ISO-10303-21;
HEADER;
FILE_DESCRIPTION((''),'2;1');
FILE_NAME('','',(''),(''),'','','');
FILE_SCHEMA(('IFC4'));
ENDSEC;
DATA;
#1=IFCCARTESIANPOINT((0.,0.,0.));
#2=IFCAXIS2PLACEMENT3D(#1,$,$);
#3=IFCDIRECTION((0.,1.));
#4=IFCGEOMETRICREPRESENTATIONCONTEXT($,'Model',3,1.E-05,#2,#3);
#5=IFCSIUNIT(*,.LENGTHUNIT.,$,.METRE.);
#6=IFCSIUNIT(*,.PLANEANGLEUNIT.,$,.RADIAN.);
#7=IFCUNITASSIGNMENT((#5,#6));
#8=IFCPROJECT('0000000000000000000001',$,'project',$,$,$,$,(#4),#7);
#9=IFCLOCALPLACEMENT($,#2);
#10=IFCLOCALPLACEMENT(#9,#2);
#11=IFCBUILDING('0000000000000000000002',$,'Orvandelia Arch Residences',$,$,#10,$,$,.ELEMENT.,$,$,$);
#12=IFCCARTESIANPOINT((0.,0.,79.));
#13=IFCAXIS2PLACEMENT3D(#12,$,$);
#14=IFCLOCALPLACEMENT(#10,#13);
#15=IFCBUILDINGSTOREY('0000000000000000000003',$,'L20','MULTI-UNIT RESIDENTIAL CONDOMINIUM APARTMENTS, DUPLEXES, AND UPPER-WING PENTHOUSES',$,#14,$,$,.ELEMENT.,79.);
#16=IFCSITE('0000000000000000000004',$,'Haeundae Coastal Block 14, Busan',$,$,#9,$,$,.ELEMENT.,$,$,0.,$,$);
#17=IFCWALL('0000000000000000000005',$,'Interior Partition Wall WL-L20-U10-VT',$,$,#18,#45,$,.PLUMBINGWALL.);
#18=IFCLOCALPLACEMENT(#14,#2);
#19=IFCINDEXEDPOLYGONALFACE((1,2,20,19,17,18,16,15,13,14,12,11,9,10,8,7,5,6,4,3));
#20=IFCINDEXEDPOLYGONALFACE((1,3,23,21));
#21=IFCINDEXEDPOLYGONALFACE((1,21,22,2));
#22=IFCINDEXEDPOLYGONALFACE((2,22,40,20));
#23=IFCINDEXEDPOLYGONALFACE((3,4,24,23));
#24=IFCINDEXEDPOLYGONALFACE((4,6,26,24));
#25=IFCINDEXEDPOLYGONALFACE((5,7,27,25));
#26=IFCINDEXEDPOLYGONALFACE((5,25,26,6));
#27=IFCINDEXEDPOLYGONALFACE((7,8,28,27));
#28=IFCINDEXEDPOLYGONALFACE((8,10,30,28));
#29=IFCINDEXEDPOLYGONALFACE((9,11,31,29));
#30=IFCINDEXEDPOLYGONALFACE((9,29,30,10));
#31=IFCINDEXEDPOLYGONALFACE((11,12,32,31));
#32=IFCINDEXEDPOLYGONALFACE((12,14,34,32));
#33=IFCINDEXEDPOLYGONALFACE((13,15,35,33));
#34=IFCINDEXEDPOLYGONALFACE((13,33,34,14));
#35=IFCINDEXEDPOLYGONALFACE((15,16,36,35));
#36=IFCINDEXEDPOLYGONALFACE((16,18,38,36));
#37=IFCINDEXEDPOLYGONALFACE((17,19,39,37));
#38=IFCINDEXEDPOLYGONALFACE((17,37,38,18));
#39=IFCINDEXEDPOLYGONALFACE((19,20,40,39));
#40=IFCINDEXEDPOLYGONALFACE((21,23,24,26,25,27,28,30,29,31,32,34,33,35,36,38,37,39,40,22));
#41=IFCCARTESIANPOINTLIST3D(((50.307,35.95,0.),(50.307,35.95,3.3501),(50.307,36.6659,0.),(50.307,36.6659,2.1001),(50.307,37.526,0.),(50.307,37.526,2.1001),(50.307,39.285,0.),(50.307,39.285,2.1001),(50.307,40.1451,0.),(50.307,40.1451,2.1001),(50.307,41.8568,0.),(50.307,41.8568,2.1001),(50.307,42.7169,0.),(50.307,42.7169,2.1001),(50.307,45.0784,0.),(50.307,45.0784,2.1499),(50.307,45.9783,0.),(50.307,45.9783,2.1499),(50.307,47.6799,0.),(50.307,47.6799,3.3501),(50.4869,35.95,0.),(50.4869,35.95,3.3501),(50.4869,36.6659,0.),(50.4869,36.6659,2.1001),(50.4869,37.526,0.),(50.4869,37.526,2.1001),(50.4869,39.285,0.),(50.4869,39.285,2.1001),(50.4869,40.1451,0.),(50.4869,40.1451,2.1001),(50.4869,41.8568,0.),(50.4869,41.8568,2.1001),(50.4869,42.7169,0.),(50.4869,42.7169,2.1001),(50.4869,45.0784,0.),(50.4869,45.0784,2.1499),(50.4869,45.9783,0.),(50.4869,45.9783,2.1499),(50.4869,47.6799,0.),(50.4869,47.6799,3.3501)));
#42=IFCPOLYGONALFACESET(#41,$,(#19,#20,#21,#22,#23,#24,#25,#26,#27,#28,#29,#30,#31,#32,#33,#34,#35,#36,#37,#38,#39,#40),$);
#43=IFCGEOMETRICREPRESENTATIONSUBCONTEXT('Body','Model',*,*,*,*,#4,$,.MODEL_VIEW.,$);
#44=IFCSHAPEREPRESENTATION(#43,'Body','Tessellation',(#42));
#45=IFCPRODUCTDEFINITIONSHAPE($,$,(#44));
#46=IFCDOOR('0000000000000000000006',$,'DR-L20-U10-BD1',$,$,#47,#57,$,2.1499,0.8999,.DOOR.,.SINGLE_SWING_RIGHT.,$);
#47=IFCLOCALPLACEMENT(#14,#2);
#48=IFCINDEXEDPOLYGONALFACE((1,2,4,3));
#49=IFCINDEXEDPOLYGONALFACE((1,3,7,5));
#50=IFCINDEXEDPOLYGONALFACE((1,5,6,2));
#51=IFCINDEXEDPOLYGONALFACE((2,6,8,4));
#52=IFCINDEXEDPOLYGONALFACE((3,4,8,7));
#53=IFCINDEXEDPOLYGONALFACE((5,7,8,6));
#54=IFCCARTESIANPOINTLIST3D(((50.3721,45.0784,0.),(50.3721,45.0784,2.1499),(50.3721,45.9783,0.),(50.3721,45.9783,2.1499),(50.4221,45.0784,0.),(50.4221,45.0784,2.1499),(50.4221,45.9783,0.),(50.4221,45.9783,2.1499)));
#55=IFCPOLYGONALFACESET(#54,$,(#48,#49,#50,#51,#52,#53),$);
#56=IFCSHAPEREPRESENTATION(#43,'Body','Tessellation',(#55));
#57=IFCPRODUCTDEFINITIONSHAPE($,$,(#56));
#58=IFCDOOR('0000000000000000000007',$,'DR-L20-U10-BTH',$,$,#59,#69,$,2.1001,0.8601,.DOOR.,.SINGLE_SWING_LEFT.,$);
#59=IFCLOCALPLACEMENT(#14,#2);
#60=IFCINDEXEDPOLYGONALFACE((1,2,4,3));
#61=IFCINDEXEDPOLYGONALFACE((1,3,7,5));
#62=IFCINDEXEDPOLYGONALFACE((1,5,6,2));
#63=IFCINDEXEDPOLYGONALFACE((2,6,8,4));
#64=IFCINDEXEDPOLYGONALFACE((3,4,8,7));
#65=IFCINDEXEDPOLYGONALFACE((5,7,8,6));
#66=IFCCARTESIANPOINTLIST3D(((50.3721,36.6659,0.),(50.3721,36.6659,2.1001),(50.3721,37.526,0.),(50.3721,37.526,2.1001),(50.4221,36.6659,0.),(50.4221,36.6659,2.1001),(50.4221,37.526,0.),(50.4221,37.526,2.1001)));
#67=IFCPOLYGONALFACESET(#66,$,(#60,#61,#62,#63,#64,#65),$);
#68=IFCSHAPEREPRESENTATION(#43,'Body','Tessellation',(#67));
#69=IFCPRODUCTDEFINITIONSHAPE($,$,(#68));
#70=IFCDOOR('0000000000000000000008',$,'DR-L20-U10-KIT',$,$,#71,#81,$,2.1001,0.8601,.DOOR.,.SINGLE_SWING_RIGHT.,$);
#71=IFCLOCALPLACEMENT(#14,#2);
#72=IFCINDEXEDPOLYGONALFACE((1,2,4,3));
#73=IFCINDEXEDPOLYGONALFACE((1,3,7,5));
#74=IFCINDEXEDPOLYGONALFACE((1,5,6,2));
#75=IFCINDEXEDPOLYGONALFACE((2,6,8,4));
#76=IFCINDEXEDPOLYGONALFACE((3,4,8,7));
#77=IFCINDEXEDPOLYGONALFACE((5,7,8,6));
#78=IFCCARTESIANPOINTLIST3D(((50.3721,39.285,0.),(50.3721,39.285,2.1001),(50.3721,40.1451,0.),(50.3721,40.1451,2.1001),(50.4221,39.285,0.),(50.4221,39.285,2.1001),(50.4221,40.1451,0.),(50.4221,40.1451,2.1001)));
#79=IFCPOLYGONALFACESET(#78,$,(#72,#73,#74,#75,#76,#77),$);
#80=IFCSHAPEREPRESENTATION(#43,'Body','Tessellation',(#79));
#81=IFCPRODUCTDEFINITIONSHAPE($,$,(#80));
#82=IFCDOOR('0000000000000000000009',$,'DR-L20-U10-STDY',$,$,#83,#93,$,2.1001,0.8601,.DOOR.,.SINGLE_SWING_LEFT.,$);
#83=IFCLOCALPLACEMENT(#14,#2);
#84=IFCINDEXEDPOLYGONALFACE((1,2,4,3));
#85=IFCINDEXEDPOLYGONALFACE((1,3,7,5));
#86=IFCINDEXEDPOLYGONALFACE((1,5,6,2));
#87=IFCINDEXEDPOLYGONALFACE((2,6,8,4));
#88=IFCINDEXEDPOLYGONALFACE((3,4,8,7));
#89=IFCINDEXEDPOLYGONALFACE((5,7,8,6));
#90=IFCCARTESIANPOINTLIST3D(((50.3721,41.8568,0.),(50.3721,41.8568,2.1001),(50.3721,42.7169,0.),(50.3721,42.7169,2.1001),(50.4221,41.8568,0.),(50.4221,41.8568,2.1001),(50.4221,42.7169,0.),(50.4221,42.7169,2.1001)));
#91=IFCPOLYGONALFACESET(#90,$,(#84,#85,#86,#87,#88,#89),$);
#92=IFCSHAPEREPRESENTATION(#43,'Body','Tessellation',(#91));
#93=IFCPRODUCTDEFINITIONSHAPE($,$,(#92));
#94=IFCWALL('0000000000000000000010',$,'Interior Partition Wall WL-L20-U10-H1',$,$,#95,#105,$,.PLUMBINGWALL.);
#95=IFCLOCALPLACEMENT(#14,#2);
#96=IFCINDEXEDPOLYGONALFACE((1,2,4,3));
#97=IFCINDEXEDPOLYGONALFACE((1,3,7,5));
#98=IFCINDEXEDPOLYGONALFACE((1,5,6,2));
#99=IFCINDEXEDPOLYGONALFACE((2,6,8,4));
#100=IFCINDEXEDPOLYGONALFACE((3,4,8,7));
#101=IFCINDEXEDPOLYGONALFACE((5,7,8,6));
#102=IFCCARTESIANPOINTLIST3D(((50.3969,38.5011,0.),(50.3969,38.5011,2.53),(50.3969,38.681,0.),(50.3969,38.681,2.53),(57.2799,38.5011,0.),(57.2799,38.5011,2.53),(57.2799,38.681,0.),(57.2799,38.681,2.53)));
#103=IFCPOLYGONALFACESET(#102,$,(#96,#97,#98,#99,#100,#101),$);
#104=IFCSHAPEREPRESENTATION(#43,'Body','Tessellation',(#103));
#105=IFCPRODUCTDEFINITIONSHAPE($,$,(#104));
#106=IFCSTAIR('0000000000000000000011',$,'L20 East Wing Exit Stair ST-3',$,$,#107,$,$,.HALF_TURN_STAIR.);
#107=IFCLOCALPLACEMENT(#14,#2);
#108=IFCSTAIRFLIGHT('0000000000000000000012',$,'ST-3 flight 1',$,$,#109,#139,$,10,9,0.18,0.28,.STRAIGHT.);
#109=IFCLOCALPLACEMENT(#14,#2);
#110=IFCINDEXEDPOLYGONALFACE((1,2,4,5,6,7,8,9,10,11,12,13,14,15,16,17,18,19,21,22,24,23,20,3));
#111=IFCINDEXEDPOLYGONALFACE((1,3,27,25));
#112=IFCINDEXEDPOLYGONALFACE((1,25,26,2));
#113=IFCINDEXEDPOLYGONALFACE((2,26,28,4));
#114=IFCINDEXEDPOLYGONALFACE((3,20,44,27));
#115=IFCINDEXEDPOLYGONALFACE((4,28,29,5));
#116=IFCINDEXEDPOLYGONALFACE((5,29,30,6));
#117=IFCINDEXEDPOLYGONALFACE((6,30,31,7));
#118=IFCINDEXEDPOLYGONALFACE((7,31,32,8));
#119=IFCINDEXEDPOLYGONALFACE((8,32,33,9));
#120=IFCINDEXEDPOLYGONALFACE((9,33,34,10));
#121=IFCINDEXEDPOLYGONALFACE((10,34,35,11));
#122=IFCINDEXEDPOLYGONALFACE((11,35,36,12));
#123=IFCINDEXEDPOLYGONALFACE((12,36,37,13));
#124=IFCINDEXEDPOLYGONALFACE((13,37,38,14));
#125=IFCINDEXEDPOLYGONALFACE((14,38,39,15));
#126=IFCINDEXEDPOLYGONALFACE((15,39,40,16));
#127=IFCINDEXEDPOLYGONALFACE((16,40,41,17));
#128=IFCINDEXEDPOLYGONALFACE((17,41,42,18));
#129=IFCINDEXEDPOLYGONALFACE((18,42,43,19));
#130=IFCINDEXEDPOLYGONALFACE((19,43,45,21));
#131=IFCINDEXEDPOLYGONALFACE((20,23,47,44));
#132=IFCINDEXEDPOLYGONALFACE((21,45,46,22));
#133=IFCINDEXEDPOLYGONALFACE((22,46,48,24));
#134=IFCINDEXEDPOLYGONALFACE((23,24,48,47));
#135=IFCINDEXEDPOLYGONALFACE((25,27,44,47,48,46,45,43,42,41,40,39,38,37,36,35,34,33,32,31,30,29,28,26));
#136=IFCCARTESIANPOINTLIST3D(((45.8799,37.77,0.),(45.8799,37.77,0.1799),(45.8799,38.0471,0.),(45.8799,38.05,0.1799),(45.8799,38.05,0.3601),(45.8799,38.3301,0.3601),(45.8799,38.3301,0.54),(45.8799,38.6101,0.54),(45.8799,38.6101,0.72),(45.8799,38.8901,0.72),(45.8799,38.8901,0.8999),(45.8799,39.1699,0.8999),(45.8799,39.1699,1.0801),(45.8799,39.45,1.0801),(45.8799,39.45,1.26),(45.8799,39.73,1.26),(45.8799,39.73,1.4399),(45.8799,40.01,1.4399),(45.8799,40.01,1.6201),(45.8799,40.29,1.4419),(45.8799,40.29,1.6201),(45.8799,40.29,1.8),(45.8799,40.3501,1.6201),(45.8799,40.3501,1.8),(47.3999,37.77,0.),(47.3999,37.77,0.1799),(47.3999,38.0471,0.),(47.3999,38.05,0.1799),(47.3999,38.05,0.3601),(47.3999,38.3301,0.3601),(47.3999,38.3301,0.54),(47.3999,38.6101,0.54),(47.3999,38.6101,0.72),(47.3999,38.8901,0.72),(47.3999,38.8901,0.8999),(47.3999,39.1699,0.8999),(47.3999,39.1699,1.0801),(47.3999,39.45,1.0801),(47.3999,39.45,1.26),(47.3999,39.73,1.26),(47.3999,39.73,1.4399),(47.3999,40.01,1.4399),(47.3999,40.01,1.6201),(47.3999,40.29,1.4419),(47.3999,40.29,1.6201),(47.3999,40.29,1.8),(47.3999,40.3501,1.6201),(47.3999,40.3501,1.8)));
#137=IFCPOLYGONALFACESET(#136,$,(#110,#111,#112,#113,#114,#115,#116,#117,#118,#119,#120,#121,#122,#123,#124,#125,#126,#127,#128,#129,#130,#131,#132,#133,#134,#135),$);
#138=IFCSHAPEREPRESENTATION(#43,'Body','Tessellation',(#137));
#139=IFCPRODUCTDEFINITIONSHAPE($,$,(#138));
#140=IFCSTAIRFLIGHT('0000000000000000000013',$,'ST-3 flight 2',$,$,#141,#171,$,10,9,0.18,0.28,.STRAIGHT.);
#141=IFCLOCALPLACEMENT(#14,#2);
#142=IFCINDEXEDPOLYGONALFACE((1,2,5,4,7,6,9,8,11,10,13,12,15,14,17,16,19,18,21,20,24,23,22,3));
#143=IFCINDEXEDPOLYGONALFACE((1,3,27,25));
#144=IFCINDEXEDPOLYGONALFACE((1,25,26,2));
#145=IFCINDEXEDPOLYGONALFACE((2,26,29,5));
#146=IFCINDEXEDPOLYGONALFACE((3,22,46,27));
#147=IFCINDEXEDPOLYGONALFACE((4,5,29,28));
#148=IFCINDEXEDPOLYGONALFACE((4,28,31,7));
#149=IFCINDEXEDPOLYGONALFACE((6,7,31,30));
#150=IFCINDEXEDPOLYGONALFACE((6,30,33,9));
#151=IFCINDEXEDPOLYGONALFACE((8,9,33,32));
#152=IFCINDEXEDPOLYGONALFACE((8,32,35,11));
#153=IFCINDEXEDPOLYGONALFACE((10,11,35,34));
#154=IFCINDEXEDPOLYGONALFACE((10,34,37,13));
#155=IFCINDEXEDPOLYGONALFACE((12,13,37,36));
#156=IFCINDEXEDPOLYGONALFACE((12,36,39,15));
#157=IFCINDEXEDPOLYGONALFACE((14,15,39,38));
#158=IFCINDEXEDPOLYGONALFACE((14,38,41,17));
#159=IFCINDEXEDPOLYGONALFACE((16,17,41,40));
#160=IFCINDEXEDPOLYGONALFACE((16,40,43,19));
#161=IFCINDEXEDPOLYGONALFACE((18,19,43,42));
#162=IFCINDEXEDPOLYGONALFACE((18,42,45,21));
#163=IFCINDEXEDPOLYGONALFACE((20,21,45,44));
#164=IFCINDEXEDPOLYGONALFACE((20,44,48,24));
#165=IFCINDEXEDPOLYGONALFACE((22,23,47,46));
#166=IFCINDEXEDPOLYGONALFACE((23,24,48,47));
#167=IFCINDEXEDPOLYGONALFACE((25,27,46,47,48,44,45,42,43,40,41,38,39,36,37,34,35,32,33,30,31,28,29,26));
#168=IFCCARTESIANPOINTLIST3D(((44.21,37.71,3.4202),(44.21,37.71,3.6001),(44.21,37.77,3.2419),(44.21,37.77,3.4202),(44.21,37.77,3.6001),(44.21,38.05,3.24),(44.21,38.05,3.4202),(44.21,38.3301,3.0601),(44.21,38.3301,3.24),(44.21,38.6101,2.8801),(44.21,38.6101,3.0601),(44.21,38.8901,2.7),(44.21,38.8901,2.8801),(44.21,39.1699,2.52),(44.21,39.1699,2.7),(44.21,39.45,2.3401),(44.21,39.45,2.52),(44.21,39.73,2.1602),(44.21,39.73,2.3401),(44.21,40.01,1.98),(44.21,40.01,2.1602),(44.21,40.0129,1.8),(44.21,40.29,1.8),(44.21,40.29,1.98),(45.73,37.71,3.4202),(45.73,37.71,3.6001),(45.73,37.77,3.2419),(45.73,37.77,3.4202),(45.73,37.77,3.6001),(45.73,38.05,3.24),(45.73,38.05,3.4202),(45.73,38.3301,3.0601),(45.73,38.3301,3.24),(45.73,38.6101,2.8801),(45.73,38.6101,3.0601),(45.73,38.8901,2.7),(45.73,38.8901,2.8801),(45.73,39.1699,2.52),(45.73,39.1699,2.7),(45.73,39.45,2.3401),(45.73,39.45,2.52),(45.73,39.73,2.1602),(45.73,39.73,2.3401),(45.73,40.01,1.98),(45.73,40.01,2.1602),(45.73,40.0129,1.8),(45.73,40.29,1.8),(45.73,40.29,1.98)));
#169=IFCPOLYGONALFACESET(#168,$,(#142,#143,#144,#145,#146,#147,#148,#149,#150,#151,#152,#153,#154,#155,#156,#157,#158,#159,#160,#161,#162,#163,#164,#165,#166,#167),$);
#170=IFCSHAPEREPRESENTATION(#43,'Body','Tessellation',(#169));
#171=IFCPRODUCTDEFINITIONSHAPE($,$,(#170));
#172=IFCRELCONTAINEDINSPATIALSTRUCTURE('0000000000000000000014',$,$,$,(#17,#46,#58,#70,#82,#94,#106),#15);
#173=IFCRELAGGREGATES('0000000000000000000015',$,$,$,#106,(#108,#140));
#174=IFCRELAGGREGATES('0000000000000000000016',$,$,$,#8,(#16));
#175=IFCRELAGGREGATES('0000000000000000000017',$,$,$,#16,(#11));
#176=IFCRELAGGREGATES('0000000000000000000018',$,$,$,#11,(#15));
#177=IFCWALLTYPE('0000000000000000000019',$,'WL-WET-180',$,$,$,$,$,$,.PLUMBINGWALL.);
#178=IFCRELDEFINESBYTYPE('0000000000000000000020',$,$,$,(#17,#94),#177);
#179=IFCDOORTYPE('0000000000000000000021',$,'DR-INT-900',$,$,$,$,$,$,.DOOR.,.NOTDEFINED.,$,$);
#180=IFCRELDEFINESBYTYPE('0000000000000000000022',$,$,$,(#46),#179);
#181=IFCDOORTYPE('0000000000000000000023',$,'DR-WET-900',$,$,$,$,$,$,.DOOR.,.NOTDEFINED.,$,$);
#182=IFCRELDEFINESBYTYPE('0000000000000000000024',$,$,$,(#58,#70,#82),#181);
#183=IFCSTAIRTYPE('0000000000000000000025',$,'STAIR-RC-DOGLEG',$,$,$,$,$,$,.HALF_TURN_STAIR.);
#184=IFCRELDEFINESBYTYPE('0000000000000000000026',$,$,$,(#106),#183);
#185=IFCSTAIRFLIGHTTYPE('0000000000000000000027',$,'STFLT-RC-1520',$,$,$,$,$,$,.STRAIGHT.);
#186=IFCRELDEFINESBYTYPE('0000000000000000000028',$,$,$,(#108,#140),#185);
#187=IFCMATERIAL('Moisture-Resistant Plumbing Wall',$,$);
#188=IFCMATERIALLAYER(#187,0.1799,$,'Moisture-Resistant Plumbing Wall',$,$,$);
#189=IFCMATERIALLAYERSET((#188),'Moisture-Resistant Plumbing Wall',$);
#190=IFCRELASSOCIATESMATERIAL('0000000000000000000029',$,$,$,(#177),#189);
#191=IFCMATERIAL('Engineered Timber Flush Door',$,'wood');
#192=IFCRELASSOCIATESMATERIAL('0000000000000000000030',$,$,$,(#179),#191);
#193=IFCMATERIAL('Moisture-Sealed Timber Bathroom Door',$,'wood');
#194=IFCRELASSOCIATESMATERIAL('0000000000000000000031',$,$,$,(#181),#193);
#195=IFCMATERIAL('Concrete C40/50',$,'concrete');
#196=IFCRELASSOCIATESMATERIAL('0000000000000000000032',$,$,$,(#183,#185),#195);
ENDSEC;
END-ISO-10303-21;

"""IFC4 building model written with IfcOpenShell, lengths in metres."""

from ifc_helpers import new_model, si_unit, direction, frame, frame_2d, origin, place, context, subcontext, project, spatial, polyline, rectangle, outline, extrude, material, layer, layer_set, type_object, element, fill, aggregate, save


model = new_model("IFC4")

# Units and contexts
model_context = context("Model", 3, precision=1e-05, world=origin(), true_north=direction((0.0, 1.0)))
body_context = subcontext(model_context, "Body", "Model", "MODEL_VIEW")
ifc_project = project(units=[si_unit("LENGTHUNIT", "METRE"), si_unit("PLANEANGLEUNIT", "RADIAN")], contexts=[model_context])

# Site, building, storey
site_placement = place(None, origin())
site = spatial("IfcSite", under=ifc_project, at=site_placement, Name="Haeundae Coastal Block 14, Busan", CompositionType="ELEMENT", RefElevation=0.0)
building_placement = place(site_placement, origin())
building = spatial("IfcBuilding", under=site, at=building_placement, Name="Orvandelia Arch Residences", CompositionType="ELEMENT")
storey_placement = place(building_placement, frame((0.0, 0.0, 79.0)))
storey = spatial("IfcBuildingStorey", under=building, at=storey_placement, Name="L20", Description="MULTI-UNIT RESIDENTIAL CONDOMINIUM APARTMENTS, DUPLEXES, AND UPPER-WING PENTHOUSES", CompositionType="ELEMENT", Elevation=79.0)

# Shared definitions
ifc_material_1 = material(Name="Concrete C40/50", Category="concrete")

# Wall, openings, doors
ifc_material_2 = material(Name="Moisture-Resistant Plumbing Wall")
ifc_layer_1 = layer(ifc_material_2, 0.1799, Name="Moisture-Resistant Plumbing Wall")
ifc_layer_set_1 = layer_set([ifc_layer_1], Name="Moisture-Resistant Plumbing Wall")
wall_type_1 = type_object("IfcWallType", Name="WL-WET-180", PredefinedType="PLUMBINGWALL", material=ifc_layer_set_1)
wall_1_placement = place(storey_placement, frame((50.397, 35.95, 0.0), z_axis=(0.0, 0.0, 1.0), x_axis=(0.0, 1.0, 0.0)))
wall_1 = element("IfcWall", 1, at=wall_1_placement, inside=storey, type_object=wall_type_1, Name="Interior Partition Wall WL-L20-U10-VT", PredefinedType="PLUMBINGWALL", context=body_context, shape_type="SweptSolid", body=[
    extrude(rectangle(XDim=11.73, YDim=0.1799, at=frame_2d((5.865, 0.0))), origin(), (0.0, 0.0, 1.0), 3.3501),
])
opening_1_placement = place(wall_1_placement, frame((0.7158, 0.0, 0.0)))
opening_1 = element("IfcOpeningElement", 2, at=opening_1_placement, cuts=wall_1, PredefinedType="OPENING", context=body_context, shape_type="SweptSolid", body=[
    extrude(rectangle(XDim=0.8601, YDim=2.1001, at=frame_2d((0.4302, 1.05))), frame((0.0, 0.1001, 0.0), z_axis=(0.0, -1.0, 0.0), x_axis=(1.0, 0.0, 0.0)), (0.0, 0.0, 1.0), 0.2),
])
opening_2_placement = place(wall_1_placement, frame((3.335, 0.0, 0.0)))
opening_2 = element("IfcOpeningElement", 3, at=opening_2_placement, cuts=wall_1, PredefinedType="OPENING", context=body_context, shape_type="SweptSolid", body=[
    extrude(rectangle(XDim=0.8601, YDim=2.1001, at=frame_2d((0.4302, 1.05))), frame((0.0, 0.1001, 0.0), z_axis=(0.0, -1.0, 0.0), x_axis=(1.0, 0.0, 0.0)), (0.0, 0.0, 1.0), 0.2),
])
opening_3_placement = place(wall_1_placement, frame((5.9067, 0.0, 0.0)))
opening_3 = element("IfcOpeningElement", 4, at=opening_3_placement, cuts=wall_1, PredefinedType="OPENING", context=body_context, shape_type="SweptSolid", body=[
    extrude(rectangle(XDim=0.8601, YDim=2.1001, at=frame_2d((0.4302, 1.05))), frame((0.0, 0.1001, 0.0), z_axis=(0.0, -1.0, 0.0), x_axis=(1.0, 0.0, 0.0)), (0.0, 0.0, 1.0), 0.2),
])
opening_4_placement = place(wall_1_placement, frame((9.1284, 0.0, 0.0)))
opening_4 = element("IfcOpeningElement", 5, at=opening_4_placement, cuts=wall_1, PredefinedType="OPENING", context=body_context, shape_type="SweptSolid", body=[
    extrude(rectangle(XDim=0.8999, YDim=2.1499, at=frame_2d((0.45, 1.075))), frame((0.0, 0.1001, 0.0), z_axis=(0.0, -1.0, 0.0), x_axis=(1.0, 0.0, 0.0)), (0.0, 0.0, 1.0), 0.2),
])
ifc_material_3 = material(Name="Engineered Timber Flush Door", Category="wood")
door_type_1 = type_object("IfcDoorType", Name="DR-INT-900", OperationType="NOTDEFINED", PredefinedType="DOOR", material=ifc_material_3)
door_1_placement = place(opening_4_placement, origin())
door_1 = element("IfcDoor", 6, at=door_1_placement, inside=storey, type_object=door_type_1, Name="DR-L20-U10-BD1", OperationType="SINGLE_SWING_RIGHT", OverallHeight=2.1499, OverallWidth=0.8999, PredefinedType="DOOR", context=body_context, shape_type="SweptSolid", body=[
    extrude(rectangle(XDim=0.8999, YDim=2.1499, at=frame_2d((0.45, 1.075))), frame((0.0, 0.0249, 0.0), z_axis=(0.0, -1.0, 0.0), x_axis=(1.0, 0.0, 0.0)), (0.0, 0.0, 1.0), 0.05),
])
fill(opening_4, door_1)
ifc_material_4 = material(Name="Moisture-Sealed Timber Bathroom Door", Category="wood")
door_type_2 = type_object("IfcDoorType", Name="DR-WET-900", OperationType="NOTDEFINED", PredefinedType="DOOR", material=ifc_material_4)
door_2_placement = place(opening_1_placement, origin())
door_2 = element("IfcDoor", 7, at=door_2_placement, inside=storey, type_object=door_type_2, Name="DR-L20-U10-BTH", OperationType="SINGLE_SWING_LEFT", OverallHeight=2.1001, OverallWidth=0.8601, PredefinedType="DOOR", context=body_context, shape_type="SweptSolid", body=[
    extrude(rectangle(XDim=0.8601, YDim=2.1001, at=frame_2d((0.4302, 1.05))), frame((0.0, 0.0249, 0.0), z_axis=(0.0, -1.0, 0.0), x_axis=(1.0, 0.0, 0.0)), (0.0, 0.0, 1.0), 0.05),
])
fill(opening_1, door_2)
door_3_placement = place(opening_2_placement, origin())
door_3 = element("IfcDoor", 8, at=door_3_placement, inside=storey, type_object=door_type_2, Name="DR-L20-U10-KIT", OperationType="SINGLE_SWING_RIGHT", OverallHeight=2.1001, OverallWidth=0.8601, PredefinedType="DOOR", context=body_context, shape_type="SweptSolid", body=[
    extrude(rectangle(XDim=0.8601, YDim=2.1001, at=frame_2d((0.4302, 1.05))), frame((0.0, 0.0249, 0.0), z_axis=(0.0, -1.0, 0.0), x_axis=(1.0, 0.0, 0.0)), (0.0, 0.0, 1.0), 0.05),
])
fill(opening_2, door_3)
door_4_placement = place(opening_3_placement, origin())
door_4 = element("IfcDoor", 9, at=door_4_placement, inside=storey, type_object=door_type_2, Name="DR-L20-U10-STDY", OperationType="SINGLE_SWING_LEFT", OverallHeight=2.1001, OverallWidth=0.8601, PredefinedType="DOOR", context=body_context, shape_type="SweptSolid", body=[
    extrude(rectangle(XDim=0.8601, YDim=2.1001, at=frame_2d((0.4302, 1.05))), frame((0.0, 0.0249, 0.0), z_axis=(0.0, -1.0, 0.0), x_axis=(1.0, 0.0, 0.0)), (0.0, 0.0, 1.0), 0.05),
])
fill(opening_3, door_4)

# Wall
wall_2_placement = place(storey_placement, frame((50.397, 38.5911, 0.0), z_axis=(0.0, 0.0, 1.0), x_axis=(1.0, 0.0, 0.0)))
element("IfcWall", 10, at=wall_2_placement, inside=storey, type_object=wall_type_1, Name="Interior Partition Wall WL-L20-U10-H1", PredefinedType="PLUMBINGWALL", context=body_context, shape_type="SweptSolid", body=[
    extrude(rectangle(XDim=6.8831, YDim=0.1799, at=frame_2d((3.4414, 0.0))), origin(), (0.0, 0.0, 1.0), 2.53),
])

# Stair, stair flights
stair_type = type_object("IfcStairType", Name="STAIR-RC-DOGLEG", PredefinedType="HALF_TURN_STAIR", material=ifc_material_1)
stair_placement = place(storey_placement, origin())
stair = element("IfcStair", 11, at=stair_placement, inside=storey, type_object=stair_type, Name="L20 East Wing Exit Stair ST-3", PredefinedType="HALF_TURN_STAIR")
stair_flight_type = type_object("IfcStairFlightType", Name="STFLT-RC-1520", PredefinedType="STRAIGHT", material=ifc_material_1)
stair_flight_1_placement = place(storey_placement, frame((46.6399, 37.77, 0.0), z_axis=(0.0, 0.0, 1.0), x_axis=(0.0, 1.0, 0.0)))
stair_flight_1 = element("IfcStairFlight", 12, at=stair_flight_1_placement, type_object=stair_flight_type, Name="ST-3 flight 1", NumberOfRisers=10, NumberOfTreads=9, PredefinedType="STRAIGHT", RiserHeight=0.18, TreadLength=0.28, context=body_context, shape_type="SweptSolid", body=[
    extrude(outline(polyline([(0.0, 0.0), (0.0, 0.1799), (0.28, 0.1799), (0.28, 0.3601), (0.5601, 0.3601), (0.5601, 0.54), (0.8401, 0.54), (0.8401, 0.72), (1.1201, 0.72), (1.1201, 0.8999), (1.3999, 0.8999), (1.3999, 1.0801), (1.6799, 1.0801), (1.6799, 1.26), (1.96, 1.26), (1.96, 1.4399), (2.24, 1.4399), (2.24, 1.6201), (2.52, 1.6201), (2.52, 1.8), (2.5801, 1.8), (2.5801, 1.6201), (2.52, 1.4419), (0.2771, 0.0), (0.0, 0.0)])), frame((0.0, 0.76, 0.0), z_axis=(0.0, -1.0, 0.0), x_axis=(1.0, 0.0, 0.0)), (0.0, 0.0, 1.0), 1.52),
])
stair_flight_2_placement = place(storey_placement, frame((44.97, 40.29, 1.8), z_axis=(0.0, 0.0, 1.0), x_axis=(0.0, -1.0, 0.0)))
stair_flight_2 = element("IfcStairFlight", 13, at=stair_flight_2_placement, type_object=stair_flight_type, Name="ST-3 flight 2", NumberOfRisers=10, NumberOfTreads=9, PredefinedType="STRAIGHT", RiserHeight=0.18, TreadLength=0.28, context=body_context, shape_type="SweptSolid", body=[
    extrude(outline(polyline([(0.0, 0.0), (0.0, 0.1799), (0.28, 0.1799), (0.28, 0.3601), (0.5601, 0.3601), (0.5601, 0.54), (0.8401, 0.54), (0.8401, 0.72), (1.1201, 0.72), (1.1201, 0.8999), (1.3999, 0.8999), (1.3999, 1.0801), (1.6799, 1.0801), (1.6799, 1.26), (1.96, 1.26), (1.96, 1.4399), (2.24, 1.4399), (2.24, 1.6201), (2.52, 1.6201), (2.52, 1.8), (2.5801, 1.8), (2.5801, 1.6201), (2.52, 1.4419), (0.2771, 0.0), (0.0, 0.0)])), frame((0.0, 0.76, 0.0), z_axis=(0.0, -1.0, 0.0), x_axis=(1.0, 0.0, 0.0)), (0.0, 0.0, 1.0), 1.52),
])
aggregate(stair, [stair_flight_1, stair_flight_2])

save(model, "model.ifc")
